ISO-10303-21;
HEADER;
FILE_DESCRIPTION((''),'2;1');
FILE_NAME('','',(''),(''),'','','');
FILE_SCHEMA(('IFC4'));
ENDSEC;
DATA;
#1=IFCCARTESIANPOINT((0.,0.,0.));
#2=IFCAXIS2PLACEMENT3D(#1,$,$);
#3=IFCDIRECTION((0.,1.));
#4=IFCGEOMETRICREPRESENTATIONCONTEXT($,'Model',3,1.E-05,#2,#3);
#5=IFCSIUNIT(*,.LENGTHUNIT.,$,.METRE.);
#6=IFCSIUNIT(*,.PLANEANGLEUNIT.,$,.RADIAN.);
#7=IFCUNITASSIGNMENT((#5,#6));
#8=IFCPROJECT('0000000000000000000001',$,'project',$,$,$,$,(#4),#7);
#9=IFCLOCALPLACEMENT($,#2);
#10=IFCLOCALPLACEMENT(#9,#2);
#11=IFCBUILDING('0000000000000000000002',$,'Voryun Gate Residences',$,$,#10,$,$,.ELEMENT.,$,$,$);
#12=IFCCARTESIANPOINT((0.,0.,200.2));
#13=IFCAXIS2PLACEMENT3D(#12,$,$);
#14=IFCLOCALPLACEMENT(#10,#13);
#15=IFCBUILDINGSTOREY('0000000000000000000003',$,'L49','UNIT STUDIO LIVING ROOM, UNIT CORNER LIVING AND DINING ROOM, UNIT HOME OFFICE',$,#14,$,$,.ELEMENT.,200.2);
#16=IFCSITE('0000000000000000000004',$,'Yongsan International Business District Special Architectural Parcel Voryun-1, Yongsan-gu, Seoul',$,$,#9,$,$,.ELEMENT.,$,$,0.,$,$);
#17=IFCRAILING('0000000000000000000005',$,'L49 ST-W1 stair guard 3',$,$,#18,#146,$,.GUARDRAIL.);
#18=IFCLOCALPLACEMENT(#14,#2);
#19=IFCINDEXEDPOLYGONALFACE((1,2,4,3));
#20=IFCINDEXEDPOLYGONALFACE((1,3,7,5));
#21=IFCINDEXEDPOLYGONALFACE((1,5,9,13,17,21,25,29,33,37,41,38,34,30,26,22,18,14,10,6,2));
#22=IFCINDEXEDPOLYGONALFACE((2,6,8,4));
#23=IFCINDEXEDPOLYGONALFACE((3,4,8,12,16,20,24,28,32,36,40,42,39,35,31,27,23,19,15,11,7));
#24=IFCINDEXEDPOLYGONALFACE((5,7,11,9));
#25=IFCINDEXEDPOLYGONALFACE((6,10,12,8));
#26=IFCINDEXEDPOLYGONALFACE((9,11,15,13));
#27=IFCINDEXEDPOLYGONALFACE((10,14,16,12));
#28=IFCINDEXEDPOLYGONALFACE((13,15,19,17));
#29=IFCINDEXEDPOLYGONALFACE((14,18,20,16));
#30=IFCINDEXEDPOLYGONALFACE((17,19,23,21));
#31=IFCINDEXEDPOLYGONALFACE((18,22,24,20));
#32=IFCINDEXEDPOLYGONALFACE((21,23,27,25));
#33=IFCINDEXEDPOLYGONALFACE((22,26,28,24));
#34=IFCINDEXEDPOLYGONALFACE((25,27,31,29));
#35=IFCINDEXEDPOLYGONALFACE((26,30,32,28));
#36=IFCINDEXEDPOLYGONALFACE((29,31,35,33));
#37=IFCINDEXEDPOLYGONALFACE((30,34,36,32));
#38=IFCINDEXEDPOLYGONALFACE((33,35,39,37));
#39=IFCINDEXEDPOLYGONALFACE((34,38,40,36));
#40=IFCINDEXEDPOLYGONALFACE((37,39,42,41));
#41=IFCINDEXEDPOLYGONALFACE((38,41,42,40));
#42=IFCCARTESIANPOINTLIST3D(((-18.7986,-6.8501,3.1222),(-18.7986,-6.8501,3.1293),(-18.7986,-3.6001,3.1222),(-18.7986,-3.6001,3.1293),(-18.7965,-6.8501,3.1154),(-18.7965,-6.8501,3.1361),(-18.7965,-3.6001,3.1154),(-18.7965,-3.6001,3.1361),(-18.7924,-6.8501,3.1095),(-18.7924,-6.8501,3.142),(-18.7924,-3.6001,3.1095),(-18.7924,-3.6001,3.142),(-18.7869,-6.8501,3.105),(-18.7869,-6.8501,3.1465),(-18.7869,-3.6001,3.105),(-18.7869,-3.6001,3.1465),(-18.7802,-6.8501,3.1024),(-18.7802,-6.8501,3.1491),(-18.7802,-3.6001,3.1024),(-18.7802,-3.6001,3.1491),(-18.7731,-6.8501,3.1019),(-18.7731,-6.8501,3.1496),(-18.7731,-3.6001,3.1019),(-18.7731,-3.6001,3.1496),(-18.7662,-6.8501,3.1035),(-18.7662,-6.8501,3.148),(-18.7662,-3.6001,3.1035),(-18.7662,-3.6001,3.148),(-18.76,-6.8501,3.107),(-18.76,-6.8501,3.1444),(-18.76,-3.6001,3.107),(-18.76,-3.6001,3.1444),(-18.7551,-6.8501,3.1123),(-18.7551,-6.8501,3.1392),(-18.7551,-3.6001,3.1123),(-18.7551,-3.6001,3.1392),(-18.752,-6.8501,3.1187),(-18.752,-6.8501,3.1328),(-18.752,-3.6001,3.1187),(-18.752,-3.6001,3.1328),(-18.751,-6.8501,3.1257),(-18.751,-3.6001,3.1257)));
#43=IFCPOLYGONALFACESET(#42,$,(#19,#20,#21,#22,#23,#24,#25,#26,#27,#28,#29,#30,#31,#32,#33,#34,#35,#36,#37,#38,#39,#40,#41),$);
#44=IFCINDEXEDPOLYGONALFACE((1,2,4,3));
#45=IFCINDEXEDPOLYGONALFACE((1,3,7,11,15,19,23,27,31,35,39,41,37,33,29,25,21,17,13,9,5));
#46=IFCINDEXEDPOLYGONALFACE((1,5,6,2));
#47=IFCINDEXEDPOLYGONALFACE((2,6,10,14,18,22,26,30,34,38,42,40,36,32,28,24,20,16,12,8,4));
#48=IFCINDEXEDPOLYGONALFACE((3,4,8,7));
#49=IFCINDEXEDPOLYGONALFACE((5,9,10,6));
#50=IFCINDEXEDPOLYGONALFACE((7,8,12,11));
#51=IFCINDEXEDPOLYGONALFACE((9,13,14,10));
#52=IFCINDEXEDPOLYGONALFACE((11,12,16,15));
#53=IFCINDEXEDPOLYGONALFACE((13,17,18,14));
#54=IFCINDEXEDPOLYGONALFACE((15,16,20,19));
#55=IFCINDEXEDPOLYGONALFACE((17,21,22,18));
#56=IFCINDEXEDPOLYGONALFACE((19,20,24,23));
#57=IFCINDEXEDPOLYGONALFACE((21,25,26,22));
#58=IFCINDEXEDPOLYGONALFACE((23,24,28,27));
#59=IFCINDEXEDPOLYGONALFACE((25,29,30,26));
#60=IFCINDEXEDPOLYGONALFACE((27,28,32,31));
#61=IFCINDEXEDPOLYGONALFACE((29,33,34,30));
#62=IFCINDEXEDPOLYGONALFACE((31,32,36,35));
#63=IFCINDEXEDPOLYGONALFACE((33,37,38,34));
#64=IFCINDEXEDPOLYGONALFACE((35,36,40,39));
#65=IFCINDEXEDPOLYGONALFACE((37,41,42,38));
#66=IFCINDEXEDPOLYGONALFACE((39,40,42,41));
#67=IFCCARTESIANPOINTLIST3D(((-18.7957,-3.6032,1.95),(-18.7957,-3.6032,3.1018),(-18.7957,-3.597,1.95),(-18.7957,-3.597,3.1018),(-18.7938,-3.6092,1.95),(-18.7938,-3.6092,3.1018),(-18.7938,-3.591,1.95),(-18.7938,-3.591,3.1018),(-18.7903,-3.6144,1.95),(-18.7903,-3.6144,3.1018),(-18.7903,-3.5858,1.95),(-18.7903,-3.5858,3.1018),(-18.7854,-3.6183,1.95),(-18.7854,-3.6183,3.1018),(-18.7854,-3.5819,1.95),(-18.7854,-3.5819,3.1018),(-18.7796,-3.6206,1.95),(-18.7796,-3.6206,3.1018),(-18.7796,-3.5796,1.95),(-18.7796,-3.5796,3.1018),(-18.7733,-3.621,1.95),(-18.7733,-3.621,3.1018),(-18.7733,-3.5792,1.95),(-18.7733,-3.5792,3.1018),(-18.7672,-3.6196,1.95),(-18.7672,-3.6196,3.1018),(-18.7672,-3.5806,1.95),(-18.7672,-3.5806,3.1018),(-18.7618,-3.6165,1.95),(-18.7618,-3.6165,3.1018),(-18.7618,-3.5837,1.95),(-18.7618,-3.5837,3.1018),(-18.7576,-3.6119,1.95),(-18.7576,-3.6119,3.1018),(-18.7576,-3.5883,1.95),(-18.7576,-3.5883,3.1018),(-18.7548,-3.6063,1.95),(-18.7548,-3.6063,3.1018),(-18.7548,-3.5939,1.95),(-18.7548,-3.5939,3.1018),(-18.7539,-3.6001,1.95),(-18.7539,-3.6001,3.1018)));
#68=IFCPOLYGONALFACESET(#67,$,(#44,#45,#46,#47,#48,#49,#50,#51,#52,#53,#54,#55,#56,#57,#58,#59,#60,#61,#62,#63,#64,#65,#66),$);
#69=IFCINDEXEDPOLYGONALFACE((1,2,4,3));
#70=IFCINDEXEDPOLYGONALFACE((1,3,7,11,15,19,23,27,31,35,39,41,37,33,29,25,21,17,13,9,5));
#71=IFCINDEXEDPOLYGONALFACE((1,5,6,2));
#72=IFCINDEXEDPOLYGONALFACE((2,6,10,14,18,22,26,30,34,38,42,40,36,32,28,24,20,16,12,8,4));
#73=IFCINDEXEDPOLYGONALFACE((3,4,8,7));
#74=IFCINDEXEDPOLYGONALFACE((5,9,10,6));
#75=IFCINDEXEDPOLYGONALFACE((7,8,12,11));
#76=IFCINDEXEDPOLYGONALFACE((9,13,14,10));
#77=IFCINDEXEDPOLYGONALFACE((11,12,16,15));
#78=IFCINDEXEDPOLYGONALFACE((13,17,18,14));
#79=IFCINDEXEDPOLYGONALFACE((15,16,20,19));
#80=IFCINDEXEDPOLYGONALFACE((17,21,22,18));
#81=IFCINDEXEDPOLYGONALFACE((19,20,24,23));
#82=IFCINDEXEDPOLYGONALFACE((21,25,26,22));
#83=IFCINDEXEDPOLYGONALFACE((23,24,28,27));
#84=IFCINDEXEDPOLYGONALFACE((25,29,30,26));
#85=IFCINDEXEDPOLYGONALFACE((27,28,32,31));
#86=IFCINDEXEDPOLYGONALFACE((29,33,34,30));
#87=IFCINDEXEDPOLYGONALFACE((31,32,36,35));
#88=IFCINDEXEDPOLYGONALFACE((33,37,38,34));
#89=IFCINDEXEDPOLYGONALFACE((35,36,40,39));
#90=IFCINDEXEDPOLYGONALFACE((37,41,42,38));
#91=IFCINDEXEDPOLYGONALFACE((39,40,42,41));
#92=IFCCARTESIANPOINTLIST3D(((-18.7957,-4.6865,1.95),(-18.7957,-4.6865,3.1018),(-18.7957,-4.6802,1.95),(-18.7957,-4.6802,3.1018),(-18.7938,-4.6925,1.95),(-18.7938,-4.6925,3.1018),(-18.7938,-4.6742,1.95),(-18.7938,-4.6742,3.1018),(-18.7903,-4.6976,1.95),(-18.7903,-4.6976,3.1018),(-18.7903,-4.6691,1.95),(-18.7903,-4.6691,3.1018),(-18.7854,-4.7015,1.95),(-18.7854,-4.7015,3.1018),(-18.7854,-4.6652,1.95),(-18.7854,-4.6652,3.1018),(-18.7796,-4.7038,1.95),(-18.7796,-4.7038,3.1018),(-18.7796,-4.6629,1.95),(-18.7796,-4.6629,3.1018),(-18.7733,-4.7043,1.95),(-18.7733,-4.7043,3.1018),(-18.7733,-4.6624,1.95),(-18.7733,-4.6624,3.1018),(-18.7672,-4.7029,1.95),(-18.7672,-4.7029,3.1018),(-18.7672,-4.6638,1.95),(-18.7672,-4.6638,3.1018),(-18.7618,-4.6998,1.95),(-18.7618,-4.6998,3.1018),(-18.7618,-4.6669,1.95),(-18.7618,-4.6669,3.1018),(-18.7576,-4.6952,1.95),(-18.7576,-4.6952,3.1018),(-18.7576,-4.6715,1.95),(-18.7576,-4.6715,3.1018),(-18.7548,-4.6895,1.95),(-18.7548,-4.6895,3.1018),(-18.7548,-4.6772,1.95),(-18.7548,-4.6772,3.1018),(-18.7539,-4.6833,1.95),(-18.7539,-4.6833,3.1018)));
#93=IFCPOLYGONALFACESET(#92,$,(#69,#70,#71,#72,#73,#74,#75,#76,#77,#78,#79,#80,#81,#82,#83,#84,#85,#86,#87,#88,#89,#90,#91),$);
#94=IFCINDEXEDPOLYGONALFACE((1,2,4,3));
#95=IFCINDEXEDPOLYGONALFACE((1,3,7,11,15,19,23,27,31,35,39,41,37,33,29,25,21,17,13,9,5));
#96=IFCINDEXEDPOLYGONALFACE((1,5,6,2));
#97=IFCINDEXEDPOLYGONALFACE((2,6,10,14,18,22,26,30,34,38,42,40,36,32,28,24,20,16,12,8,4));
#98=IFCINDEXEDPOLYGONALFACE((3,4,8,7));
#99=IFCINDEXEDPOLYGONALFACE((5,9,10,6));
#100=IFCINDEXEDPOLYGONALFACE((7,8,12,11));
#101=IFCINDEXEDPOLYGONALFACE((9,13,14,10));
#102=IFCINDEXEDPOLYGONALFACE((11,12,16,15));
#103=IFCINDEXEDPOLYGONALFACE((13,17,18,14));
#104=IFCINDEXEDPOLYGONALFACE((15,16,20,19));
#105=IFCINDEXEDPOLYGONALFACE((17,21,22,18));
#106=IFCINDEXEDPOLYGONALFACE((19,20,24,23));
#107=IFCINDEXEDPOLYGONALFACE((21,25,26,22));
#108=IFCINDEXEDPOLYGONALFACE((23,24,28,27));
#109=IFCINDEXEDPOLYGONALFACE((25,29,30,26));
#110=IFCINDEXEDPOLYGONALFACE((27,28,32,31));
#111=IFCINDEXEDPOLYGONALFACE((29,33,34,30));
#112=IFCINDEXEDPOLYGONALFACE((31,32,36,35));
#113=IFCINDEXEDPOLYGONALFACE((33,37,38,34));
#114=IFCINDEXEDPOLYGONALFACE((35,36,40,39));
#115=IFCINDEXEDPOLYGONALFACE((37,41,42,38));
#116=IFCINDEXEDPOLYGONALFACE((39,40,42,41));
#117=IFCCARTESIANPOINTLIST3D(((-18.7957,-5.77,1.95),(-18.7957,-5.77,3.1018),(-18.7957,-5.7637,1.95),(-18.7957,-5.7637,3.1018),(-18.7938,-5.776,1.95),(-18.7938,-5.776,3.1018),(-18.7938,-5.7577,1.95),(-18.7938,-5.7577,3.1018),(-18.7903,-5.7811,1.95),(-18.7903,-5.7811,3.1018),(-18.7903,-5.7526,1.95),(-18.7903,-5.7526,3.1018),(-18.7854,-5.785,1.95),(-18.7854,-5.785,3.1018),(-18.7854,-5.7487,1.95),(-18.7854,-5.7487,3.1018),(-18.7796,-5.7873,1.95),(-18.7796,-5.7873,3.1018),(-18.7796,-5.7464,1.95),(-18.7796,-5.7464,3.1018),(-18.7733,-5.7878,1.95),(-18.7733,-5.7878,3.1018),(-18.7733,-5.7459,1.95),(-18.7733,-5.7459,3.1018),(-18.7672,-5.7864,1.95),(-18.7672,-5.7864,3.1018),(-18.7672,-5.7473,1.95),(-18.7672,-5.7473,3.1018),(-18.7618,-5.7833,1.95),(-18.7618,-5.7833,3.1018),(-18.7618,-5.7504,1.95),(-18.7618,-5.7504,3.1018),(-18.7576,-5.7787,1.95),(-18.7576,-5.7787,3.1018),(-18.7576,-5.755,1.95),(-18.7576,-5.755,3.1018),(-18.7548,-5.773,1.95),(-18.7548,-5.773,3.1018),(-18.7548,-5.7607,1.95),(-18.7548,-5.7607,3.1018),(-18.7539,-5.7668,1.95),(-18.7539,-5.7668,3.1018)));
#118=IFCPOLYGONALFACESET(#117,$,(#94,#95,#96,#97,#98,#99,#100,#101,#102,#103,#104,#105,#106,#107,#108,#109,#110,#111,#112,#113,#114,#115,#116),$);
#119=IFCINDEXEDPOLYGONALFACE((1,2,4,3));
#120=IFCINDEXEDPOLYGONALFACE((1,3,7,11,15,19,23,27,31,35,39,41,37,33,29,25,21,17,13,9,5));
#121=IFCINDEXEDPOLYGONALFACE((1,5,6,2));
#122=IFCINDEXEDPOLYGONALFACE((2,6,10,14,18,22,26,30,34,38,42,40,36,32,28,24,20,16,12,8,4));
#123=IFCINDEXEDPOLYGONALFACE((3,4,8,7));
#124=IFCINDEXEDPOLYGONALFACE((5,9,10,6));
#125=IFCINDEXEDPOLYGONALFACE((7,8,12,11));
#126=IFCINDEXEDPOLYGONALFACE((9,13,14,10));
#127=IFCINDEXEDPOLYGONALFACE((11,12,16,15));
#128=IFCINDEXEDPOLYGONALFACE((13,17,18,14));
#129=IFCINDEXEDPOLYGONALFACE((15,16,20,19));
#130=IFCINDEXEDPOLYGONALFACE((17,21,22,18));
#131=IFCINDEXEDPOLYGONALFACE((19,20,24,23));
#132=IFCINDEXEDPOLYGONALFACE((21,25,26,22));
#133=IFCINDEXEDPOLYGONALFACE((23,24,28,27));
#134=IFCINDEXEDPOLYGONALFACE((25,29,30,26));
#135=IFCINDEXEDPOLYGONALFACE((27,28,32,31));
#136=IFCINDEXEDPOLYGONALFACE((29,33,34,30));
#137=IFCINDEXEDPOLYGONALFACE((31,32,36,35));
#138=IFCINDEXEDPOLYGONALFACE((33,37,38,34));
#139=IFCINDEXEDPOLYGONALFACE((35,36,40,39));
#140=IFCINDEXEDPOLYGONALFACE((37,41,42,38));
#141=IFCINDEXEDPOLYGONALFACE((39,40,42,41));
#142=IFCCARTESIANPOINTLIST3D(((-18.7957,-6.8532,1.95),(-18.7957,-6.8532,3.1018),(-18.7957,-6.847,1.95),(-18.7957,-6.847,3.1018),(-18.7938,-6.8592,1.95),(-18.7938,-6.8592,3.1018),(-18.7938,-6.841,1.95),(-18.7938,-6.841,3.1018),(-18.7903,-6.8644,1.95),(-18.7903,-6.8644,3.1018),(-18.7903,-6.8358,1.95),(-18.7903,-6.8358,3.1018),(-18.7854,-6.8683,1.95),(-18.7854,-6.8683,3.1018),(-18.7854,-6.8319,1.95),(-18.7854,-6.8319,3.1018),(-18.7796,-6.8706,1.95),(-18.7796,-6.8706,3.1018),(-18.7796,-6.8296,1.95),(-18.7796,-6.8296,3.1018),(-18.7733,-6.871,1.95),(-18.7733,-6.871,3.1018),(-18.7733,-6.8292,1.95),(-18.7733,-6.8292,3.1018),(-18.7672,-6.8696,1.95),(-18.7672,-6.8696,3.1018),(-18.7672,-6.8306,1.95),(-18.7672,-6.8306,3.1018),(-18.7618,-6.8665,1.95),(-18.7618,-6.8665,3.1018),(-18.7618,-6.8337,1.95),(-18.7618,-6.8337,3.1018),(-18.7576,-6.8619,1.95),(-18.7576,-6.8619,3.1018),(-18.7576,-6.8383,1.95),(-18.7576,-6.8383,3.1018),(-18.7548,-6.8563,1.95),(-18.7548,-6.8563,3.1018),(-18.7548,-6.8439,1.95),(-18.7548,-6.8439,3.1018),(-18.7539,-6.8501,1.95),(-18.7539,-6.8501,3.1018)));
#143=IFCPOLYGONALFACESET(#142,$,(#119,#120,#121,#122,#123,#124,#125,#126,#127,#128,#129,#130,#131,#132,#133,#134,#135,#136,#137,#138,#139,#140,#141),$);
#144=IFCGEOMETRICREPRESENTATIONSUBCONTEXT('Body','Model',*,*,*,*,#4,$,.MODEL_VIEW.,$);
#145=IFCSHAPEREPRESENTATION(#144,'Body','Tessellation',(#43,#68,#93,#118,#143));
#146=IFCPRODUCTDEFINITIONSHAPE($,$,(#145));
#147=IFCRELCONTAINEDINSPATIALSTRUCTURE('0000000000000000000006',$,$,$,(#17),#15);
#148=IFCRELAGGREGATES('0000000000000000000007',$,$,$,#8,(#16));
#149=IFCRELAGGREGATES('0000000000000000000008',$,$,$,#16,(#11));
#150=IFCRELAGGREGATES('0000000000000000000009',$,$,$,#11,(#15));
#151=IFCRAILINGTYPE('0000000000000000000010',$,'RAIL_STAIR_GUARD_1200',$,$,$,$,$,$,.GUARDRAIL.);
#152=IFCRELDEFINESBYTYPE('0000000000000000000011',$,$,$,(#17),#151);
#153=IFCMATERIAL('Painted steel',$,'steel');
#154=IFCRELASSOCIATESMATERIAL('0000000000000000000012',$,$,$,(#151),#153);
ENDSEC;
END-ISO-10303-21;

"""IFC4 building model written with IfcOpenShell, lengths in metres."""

from ifc_helpers import new_model, si_unit, direction, frame, origin, origin_2d, place, context, subcontext, project, spatial, circle, extrude, material, type_object, element, save


model = new_model("IFC4")

# Units and contexts
model_context = context("Model", 3, precision=1e-05, world=origin(), true_north=direction((0.0, 1.0)))
body_context = subcontext(model_context, "Body", "Model", "MODEL_VIEW")
ifc_project = project(units=[si_unit("LENGTHUNIT", "METRE"), si_unit("PLANEANGLEUNIT", "RADIAN")], contexts=[model_context])

# Site, building, storey
site_placement = place(None, origin())
site = spatial("IfcSite", under=ifc_project, at=site_placement, Name="Yongsan International Business District Special Architectural Parcel Voryun-1, Yongsan-gu, Seoul", CompositionType="ELEMENT", RefElevation=0.0)
building_placement = place(site_placement, origin())
building = spatial("IfcBuilding", under=site, at=building_placement, Name="Voryun Gate Residences", CompositionType="ELEMENT")
storey_placement = place(building_placement, frame((0.0, 0.0, 200.2)))
storey = spatial("IfcBuildingStorey", under=building, at=storey_placement, Name="L49", Description="UNIT STUDIO LIVING ROOM, UNIT CORNER LIVING AND DINING ROOM, UNIT HOME OFFICE", CompositionType="ELEMENT", Elevation=200.2)

# Railing
ifc_material_1 = material(Name="Painted steel", Category="steel")
railing_type = type_object("IfcRailingType", Name="RAIL_STAIR_GUARD_1200", PredefinedType="GUARDRAIL", material=ifc_material_1)
railing_1_placement = place(storey_placement, frame((-18.7749, -3.6001, 1.95)))
element("IfcRailing", 1, at=railing_1_placement, inside=storey, type_object=railing_type, Name="L49 ST-W1 stair guard 3", PredefinedType="GUARDRAIL", context=body_context, shape_type="SweptSolid", body=[
    extrude(circle(Radius=0.0239, at=origin_2d()), frame((0.0, 0.0, 1.1758), z_axis=(0.0, -1.0, 0.0), x_axis=(1.0, 0.0, 0.0)), (0.0, 0.0, 1.0), 3.25),
    extrude(circle(Radius=0.021, at=origin_2d()), origin(), (0.0, 0.0, 1.0), 1.1519),
    extrude(circle(Radius=0.021, at=origin_2d()), frame((0.0, -1.0833, 0.0)), (0.0, 0.0, 1.0), 1.1519),
    extrude(circle(Radius=0.021, at=origin_2d()), frame((0.0, -2.1667, 0.0)), (0.0, 0.0, 1.0), 1.1519),
    extrude(circle(Radius=0.021, at=origin_2d()), frame((0.0, -3.25, 0.0)), (0.0, 0.0, 1.0), 1.1519),
])

save(model, "model.ifc")
